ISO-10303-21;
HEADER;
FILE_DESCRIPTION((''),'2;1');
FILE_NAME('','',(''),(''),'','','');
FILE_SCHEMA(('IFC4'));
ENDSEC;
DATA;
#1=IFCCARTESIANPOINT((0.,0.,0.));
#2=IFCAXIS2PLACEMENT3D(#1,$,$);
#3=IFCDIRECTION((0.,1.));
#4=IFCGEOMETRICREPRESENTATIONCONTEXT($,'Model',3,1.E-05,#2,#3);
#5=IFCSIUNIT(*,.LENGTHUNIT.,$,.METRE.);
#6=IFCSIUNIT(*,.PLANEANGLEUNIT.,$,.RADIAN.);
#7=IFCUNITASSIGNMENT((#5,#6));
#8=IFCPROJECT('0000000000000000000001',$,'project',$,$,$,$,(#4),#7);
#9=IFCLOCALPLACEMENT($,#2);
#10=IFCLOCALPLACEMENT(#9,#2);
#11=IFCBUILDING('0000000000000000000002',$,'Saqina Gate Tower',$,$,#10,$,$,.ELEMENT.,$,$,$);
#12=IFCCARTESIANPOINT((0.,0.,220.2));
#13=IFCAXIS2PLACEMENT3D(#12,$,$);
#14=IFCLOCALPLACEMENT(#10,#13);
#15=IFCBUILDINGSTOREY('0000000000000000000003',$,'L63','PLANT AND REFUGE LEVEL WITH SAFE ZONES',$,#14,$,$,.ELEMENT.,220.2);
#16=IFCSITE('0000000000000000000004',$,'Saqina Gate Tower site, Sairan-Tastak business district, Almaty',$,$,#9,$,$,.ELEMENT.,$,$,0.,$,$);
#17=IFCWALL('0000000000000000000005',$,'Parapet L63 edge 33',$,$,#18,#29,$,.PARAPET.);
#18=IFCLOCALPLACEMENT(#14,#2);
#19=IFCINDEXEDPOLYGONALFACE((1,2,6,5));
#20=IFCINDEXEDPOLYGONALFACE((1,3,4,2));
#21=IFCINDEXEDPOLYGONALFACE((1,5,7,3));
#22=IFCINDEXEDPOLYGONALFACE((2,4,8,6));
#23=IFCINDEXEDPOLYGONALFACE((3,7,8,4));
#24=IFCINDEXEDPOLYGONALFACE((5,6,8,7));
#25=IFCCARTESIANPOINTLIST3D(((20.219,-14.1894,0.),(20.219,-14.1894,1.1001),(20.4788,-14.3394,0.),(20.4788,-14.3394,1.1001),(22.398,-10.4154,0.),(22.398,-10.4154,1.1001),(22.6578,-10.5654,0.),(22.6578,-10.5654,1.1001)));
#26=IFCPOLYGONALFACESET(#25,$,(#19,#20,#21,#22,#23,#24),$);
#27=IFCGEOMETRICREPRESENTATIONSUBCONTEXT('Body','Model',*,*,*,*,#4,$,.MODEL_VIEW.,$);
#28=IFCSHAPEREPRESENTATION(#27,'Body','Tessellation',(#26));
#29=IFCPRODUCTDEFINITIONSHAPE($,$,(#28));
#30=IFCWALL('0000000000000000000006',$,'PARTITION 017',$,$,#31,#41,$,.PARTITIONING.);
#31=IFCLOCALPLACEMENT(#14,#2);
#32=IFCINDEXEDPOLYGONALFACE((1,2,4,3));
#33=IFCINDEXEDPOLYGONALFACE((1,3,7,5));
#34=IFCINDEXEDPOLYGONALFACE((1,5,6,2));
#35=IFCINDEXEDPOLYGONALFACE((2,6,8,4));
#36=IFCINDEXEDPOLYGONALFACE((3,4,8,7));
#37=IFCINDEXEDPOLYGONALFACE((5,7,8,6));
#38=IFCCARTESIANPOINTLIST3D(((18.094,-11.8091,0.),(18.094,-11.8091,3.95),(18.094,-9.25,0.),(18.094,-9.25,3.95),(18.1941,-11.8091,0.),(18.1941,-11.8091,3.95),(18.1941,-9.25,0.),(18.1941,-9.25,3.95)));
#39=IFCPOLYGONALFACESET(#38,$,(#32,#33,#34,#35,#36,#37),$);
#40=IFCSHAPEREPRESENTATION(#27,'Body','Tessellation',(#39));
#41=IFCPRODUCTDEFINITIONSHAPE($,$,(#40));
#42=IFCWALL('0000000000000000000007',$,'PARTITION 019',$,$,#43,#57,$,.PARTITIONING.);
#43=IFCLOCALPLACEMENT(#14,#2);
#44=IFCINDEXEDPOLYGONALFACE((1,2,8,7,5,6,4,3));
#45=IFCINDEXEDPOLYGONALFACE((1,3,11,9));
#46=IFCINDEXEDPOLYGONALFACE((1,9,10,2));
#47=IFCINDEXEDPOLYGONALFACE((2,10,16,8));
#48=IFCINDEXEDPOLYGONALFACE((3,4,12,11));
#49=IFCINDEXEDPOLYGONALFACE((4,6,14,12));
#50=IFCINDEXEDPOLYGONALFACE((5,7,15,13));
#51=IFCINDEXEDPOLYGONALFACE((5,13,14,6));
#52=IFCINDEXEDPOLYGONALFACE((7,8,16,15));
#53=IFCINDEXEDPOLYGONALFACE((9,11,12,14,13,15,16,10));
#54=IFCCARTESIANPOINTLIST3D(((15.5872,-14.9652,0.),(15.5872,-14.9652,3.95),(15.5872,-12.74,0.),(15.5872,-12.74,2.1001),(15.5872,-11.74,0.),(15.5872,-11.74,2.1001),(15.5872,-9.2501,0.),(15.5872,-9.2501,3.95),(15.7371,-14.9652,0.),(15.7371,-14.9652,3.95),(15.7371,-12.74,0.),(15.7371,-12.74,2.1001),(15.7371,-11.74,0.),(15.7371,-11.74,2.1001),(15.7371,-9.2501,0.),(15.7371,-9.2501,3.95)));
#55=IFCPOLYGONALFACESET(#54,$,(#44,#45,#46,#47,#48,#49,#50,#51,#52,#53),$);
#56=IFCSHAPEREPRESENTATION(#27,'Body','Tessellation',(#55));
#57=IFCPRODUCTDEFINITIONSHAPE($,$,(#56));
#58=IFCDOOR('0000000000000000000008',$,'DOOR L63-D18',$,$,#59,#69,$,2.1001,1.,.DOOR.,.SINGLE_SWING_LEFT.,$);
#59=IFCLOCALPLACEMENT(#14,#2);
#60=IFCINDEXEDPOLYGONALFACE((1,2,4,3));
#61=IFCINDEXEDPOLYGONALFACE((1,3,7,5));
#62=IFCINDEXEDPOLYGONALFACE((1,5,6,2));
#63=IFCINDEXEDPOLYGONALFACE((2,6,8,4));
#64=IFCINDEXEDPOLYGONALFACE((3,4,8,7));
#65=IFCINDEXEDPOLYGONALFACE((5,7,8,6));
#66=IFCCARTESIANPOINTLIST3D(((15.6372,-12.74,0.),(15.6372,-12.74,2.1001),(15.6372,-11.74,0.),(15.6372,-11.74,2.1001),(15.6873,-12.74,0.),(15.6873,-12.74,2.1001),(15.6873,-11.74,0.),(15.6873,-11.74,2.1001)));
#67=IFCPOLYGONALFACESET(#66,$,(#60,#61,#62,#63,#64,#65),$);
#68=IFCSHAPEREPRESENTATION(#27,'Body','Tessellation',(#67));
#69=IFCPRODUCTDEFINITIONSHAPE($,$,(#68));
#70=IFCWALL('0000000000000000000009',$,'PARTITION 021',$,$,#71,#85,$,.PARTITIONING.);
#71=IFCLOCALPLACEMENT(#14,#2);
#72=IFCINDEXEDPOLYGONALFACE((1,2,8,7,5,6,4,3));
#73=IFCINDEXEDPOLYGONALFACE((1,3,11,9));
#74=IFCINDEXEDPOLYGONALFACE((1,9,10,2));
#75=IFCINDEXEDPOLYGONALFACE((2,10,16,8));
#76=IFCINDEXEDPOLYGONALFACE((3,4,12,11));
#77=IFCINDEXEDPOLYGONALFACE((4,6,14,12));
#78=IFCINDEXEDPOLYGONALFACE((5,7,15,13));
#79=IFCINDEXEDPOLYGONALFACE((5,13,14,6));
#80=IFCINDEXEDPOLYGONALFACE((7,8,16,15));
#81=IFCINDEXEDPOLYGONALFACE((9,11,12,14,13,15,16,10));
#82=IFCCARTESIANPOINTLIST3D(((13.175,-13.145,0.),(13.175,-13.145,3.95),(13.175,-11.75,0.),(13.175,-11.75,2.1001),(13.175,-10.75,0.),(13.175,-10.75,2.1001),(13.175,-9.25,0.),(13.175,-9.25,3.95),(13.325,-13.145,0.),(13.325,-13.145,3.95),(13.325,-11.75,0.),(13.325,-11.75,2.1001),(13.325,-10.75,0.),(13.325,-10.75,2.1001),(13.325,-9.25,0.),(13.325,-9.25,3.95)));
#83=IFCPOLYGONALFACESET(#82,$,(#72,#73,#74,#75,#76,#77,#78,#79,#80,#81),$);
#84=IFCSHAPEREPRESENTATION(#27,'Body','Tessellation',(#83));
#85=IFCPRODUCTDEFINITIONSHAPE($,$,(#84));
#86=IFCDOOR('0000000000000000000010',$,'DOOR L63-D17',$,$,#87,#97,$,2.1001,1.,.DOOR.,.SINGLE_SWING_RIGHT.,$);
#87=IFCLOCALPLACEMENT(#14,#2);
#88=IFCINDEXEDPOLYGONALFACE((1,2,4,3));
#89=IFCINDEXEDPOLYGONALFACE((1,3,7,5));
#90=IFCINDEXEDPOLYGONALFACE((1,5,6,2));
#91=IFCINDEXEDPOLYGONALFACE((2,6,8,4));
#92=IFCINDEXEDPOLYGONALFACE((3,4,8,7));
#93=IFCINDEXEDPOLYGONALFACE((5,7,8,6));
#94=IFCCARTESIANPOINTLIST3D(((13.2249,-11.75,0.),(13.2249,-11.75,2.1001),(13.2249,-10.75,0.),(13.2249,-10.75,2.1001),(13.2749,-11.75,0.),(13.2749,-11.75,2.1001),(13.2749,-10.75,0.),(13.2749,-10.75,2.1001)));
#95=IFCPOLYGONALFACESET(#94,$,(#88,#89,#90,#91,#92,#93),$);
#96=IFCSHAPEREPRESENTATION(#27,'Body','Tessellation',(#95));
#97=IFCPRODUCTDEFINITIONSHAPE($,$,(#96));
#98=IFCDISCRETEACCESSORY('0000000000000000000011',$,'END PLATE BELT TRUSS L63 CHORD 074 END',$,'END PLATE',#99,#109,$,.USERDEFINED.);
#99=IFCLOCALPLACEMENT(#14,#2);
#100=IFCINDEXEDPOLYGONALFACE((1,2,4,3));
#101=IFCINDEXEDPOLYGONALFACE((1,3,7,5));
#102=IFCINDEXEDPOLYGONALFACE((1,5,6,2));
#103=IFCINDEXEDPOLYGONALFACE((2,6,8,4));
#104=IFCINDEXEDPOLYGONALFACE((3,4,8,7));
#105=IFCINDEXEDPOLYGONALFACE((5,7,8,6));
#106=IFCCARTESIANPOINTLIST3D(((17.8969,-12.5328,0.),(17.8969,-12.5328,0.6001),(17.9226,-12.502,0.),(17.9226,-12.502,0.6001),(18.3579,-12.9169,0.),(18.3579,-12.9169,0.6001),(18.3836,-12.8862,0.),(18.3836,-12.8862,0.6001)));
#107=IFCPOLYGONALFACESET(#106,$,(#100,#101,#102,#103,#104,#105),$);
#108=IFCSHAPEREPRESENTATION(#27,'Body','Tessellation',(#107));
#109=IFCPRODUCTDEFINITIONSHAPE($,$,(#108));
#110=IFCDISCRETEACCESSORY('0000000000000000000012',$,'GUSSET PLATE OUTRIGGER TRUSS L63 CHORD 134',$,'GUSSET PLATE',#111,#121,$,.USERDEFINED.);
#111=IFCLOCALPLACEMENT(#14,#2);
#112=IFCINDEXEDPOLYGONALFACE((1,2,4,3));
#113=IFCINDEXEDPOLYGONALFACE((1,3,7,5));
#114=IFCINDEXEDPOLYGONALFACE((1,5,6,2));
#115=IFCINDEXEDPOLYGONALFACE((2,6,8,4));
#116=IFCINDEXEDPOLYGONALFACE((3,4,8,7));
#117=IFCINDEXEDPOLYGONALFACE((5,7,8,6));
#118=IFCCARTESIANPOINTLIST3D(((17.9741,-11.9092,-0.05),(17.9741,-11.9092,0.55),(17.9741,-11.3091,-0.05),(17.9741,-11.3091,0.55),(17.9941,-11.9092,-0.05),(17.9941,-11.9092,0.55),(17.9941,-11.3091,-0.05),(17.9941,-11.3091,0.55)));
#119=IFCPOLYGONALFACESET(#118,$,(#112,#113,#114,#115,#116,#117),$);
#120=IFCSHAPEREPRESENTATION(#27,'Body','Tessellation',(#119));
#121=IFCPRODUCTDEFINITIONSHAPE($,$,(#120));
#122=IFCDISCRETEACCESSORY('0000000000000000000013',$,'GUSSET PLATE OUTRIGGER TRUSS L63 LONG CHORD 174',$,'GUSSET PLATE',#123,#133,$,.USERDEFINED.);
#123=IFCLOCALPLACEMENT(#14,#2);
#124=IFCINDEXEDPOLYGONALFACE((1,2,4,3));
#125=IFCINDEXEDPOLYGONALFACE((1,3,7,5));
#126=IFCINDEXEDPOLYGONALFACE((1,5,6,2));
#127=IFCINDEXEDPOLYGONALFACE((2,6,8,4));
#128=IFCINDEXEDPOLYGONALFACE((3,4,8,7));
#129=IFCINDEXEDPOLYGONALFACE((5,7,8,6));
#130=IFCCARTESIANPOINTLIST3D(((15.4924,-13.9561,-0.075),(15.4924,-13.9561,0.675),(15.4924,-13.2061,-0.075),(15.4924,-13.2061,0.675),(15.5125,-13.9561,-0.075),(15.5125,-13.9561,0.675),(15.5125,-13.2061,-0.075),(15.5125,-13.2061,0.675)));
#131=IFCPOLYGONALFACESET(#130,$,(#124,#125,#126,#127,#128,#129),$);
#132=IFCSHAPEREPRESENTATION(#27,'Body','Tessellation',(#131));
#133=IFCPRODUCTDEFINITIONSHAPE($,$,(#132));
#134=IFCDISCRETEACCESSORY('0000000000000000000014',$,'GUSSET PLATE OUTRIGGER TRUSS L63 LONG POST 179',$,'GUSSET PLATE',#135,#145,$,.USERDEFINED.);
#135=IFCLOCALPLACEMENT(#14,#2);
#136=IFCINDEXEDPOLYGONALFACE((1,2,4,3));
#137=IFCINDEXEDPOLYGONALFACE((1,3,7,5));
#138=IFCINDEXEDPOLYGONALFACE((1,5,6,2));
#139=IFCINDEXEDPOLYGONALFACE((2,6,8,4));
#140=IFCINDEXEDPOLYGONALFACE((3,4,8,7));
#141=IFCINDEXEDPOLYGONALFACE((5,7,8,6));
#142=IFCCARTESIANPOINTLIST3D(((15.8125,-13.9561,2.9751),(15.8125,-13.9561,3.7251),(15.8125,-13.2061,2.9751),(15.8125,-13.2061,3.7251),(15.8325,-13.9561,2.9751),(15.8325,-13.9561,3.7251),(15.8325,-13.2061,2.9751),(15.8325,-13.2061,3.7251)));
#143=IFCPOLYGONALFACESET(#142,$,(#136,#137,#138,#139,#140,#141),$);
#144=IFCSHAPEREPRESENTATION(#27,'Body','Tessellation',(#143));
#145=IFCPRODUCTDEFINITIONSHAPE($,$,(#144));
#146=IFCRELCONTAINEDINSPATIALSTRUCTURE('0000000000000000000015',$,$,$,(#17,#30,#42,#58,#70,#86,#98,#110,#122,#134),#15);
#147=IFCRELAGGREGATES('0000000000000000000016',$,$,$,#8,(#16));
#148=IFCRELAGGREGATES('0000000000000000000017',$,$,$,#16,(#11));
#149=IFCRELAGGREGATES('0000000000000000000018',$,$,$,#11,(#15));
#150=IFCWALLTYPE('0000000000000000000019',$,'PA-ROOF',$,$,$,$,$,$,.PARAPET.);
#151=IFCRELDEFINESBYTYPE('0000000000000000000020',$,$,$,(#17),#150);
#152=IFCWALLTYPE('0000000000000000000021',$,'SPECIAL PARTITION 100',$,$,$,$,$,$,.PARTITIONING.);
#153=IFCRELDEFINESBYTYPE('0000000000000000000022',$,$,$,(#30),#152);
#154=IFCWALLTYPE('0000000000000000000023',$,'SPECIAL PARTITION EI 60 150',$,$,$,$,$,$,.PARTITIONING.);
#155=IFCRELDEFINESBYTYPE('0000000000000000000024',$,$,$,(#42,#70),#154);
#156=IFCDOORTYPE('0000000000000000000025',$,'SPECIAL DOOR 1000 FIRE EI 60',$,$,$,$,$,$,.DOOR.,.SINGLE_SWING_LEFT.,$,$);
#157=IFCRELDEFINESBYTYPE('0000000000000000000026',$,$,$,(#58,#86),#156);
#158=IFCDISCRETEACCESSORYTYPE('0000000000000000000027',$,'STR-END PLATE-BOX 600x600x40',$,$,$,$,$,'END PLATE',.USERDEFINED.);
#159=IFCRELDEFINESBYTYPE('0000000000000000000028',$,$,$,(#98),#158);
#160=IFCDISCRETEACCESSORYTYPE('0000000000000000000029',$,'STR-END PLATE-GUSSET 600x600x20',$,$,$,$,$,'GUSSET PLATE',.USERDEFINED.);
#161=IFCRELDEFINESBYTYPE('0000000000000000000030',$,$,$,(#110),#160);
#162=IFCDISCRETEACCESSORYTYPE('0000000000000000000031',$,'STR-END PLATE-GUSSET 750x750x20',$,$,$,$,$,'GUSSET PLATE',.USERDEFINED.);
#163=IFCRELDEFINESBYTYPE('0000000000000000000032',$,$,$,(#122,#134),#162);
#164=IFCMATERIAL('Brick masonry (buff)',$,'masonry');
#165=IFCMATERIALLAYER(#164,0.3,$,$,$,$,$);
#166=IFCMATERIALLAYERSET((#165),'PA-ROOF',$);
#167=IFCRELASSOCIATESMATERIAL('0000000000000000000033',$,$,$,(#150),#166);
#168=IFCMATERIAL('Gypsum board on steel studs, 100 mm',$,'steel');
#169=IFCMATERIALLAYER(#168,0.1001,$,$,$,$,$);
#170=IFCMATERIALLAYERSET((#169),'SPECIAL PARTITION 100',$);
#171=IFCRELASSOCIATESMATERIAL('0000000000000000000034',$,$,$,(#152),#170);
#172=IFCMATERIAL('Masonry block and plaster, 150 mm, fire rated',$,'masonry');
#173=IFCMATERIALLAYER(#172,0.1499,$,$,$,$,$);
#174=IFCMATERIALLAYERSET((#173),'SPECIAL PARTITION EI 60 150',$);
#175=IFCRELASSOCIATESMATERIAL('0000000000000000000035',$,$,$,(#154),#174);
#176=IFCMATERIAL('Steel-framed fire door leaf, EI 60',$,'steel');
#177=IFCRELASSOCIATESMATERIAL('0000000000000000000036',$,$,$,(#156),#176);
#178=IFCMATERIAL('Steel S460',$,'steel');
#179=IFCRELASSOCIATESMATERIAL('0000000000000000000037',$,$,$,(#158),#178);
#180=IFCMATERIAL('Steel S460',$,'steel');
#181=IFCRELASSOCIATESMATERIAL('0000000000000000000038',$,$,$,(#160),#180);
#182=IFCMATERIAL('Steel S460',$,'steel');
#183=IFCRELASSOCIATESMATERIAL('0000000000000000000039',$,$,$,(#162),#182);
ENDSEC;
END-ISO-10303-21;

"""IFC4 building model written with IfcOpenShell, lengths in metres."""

from ifc_helpers import new_model, si_unit, direction, frame, frame_2d, origin, origin_2d, place, context, subcontext, project, spatial, rectangle, extrude, material, layer, layer_set, material_profile, profile_set, type_object, element, fill, save


model = new_model("IFC4")

# Units and contexts
model_context = context("Model", 3, precision=1e-05, world=origin(), true_north=direction((0.0, 1.0)))
body_context = subcontext(model_context, "Body", "Model", "MODEL_VIEW")
ifc_project = project(units=[si_unit("LENGTHUNIT", "METRE"), si_unit("PLANEANGLEUNIT", "RADIAN")], contexts=[model_context])

# Site, building, storey
site_placement = place(None, origin())
site = spatial("IfcSite", under=ifc_project, at=site_placement, Name="Saqina Gate Tower site, Sairan-Tastak business district, Almaty", CompositionType="ELEMENT", RefElevation=0.0)
building_placement = place(site_placement, origin())
building = spatial("IfcBuilding", under=site, at=building_placement, Name="Saqina Gate Tower", CompositionType="ELEMENT")
storey_placement = place(building_placement, frame((0.0, 0.0, 220.2)))
storey = spatial("IfcBuildingStorey", under=building, at=storey_placement, Name="L63", Description="PLANT AND REFUGE LEVEL WITH SAFE ZONES", CompositionType="ELEMENT", Elevation=220.2)

# Walls
ifc_material_1 = material(Name="Brick masonry (buff)", Category="masonry")
ifc_layer_1 = layer(ifc_material_1, 0.3)
ifc_layer_set_1 = layer_set([ifc_layer_1], Name="PA-ROOF")
wall_type_1 = type_object("IfcWallType", Name="PA-ROOF", PredefinedType="PARAPET", material=ifc_layer_set_1)
wall_1_placement = place(storey_placement, frame((20.3489, -14.2644, 0.0), z_axis=(0.0, 0.0, 1.0), x_axis=(0.500013, 0.866018, 0.0)))
element("IfcWall", 1, at=wall_1_placement, inside=storey, type_object=wall_type_1, Name="Parapet L63 edge 33", PredefinedType="PARAPET", context=body_context, shape_type="SweptSolid", body=[
    extrude(rectangle(XDim=4.3579, YDim=0.3, at=frame_2d((2.179, 0.0))), origin(), (0.0, 0.0, 1.0), 1.1001),
])
ifc_material_2 = material(Name="Gypsum board on steel studs, 100 mm", Category="steel")
ifc_layer_2 = layer(ifc_material_2, 0.1001)
ifc_layer_set_2 = layer_set([ifc_layer_2], Name="SPECIAL PARTITION 100")
wall_type_2 = type_object("IfcWallType", Name="SPECIAL PARTITION 100", PredefinedType="PARTITIONING", material=ifc_layer_set_2)
wall_2_placement = place(storey_placement, frame((18.144, -11.8091, 0.0), z_axis=(0.0, 0.0, 1.0), x_axis=(0.0, 1.0, 0.0)))
element("IfcWall", 2, at=wall_2_placement, inside=storey, type_object=wall_type_2, Name="PARTITION 017", PredefinedType="PARTITIONING", context=body_context, shape_type="SweptSolid", body=[
    extrude(rectangle(XDim=2.5591, YDim=0.1001, at=frame_2d((1.2795, 0.0))), origin(), (0.0, 0.0, 1.0), 3.95),
])

# Walls, openings, doors
ifc_material_3 = material(Name="Masonry block and plaster, 150 mm, fire rated", Category="masonry")
ifc_layer_3 = layer(ifc_material_3, 0.1499)
ifc_layer_set_3 = layer_set([ifc_layer_3], Name="SPECIAL PARTITION EI 60 150")
wall_type_3 = type_object("IfcWallType", Name="SPECIAL PARTITION EI 60 150", PredefinedType="PARTITIONING", material=ifc_layer_set_3)
wall_3_placement = place(storey_placement, frame((15.6621, -14.9651, 0.0), z_axis=(0.0, 0.0, 1.0), x_axis=(0.0, 1.0, 0.0)))
wall_3 = element("IfcWall", 3, at=wall_3_placement, inside=storey, type_object=wall_type_3, Name="PARTITION 019", PredefinedType="PARTITIONING", context=body_context, shape_type="SweptSolid", body=[
    extrude(rectangle(XDim=5.7151, YDim=0.1499, at=frame_2d((2.8574, 0.0))), origin(), (0.0, 0.0, 1.0), 3.95),
])
opening_1_placement = place(wall_3_placement, frame((2.2251, 0.0, 0.0)))
opening_1 = element("IfcOpeningElement", 4, at=opening_1_placement, cuts=wall_3, PredefinedType="OPENING", context=body_context, shape_type="SweptSolid", body=[
    extrude(rectangle(XDim=1.0, YDim=2.1001, at=frame_2d((0.5, 1.05))), frame((0.0, 0.0869, 0.0), z_axis=(0.0, -1.0, 0.0), x_axis=(1.0, 0.0, 0.0)), (0.0, 0.0, 1.0), 0.1738),
])
ifc_material_4 = material(Name="Steel-framed fire door leaf, EI 60", Category="steel")
door_type = type_object("IfcDoorType", Name="SPECIAL DOOR 1000 FIRE EI 60", OperationType="SINGLE_SWING_LEFT", PredefinedType="DOOR", material=ifc_material_4)
door_1_placement = place(opening_1_placement, origin())
door_1 = element("IfcDoor", 5, at=door_1_placement, inside=storey, type_object=door_type, Name="DOOR L63-D18", OperationType="SINGLE_SWING_LEFT", OverallHeight=2.1001, OverallWidth=1.0, PredefinedType="DOOR", context=body_context, shape_type="SweptSolid", body=[
    extrude(rectangle(XDim=1.0, YDim=2.1001, at=frame_2d((0.5, 1.05))), frame((0.0, 0.0249, 0.0), z_axis=(0.0, -1.0, 0.0), x_axis=(1.0, 0.0, 0.0)), (0.0, 0.0, 1.0), 0.05),
])
fill(opening_1, door_1)
wall_4_placement = place(storey_placement, frame((13.25, -13.145, 0.0), z_axis=(0.0, 0.0, 1.0), x_axis=(0.0, 1.0, 0.0)))
wall_4 = element("IfcWall", 6, at=wall_4_placement, inside=storey, type_object=wall_type_3, Name="PARTITION 021", PredefinedType="PARTITIONING", context=body_context, shape_type="SweptSolid", body=[
    extrude(rectangle(XDim=3.895, YDim=0.1499, at=frame_2d((1.9475, 0.0))), origin(), (0.0, 0.0, 1.0), 3.95),
])
opening_2_placement = place(wall_4_placement, frame((1.395, 0.0, 0.0)))
opening_2 = element("IfcOpeningElement", 7, at=opening_2_placement, cuts=wall_4, PredefinedType="OPENING", context=body_context, shape_type="SweptSolid", body=[
    extrude(rectangle(XDim=1.0, YDim=2.1001, at=frame_2d((0.5, 1.05))), frame((0.0, 0.0869, 0.0), z_axis=(0.0, -1.0, 0.0), x_axis=(1.0, 0.0, 0.0)), (0.0, 0.0, 1.0), 0.1738),
])
door_2_placement = place(opening_2_placement, frame((1.0, 0.0, 0.0), z_axis=(0.0, 0.0, 1.0), x_axis=(-1.0, 0.0, 0.0)))
door_2 = element("IfcDoor", 8, at=door_2_placement, inside=storey, type_object=door_type, Name="DOOR L63-D17", OperationType="SINGLE_SWING_RIGHT", OverallHeight=2.1001, OverallWidth=1.0, PredefinedType="DOOR", context=body_context, shape_type="SweptSolid", body=[
    extrude(rectangle(XDim=1.0, YDim=2.1001, at=frame_2d((0.5, 1.05))), frame((0.0, 0.0249, 0.0), z_axis=(0.0, -1.0, 0.0), x_axis=(1.0, 0.0, 0.0)), (0.0, 0.0, 1.0), 0.05),
])
fill(opening_2, door_2)

# Discrete accessories
ifc_material_5 = material(Name="Steel S460", Category="steel")
ifc_material_profile_1 = material_profile(ifc_material_5, rectangle(XDim=0.6001, YDim=0.6001, at=origin_2d()), Name="STR-END PLATE-BOX 600x600x40")
ifc_profile_set_1 = profile_set([ifc_material_profile_1], Name="Steel S460")
discrete_accessory_type_1 = type_object("IfcDiscreteAccessoryType", Name="STR-END PLATE-BOX 600x600x40", ElementType="END PLATE", PredefinedType="USERDEFINED", material=ifc_profile_set_1)
discrete_accessory_1_placement = place(storey_placement, frame((18.1274, -12.7249, 0.3), z_axis=(0.640184, 0.768221, 0.0), x_axis=(-0.768221, 0.640184, 0.0)))
element("IfcDiscreteAccessory", 9, at=discrete_accessory_1_placement, inside=storey, type_object=discrete_accessory_type_1, Name="END PLATE BELT TRUSS L63 CHORD 074 END", ObjectType="END PLATE", PredefinedType="USERDEFINED", context=body_context, shape_type="SweptSolid", body=[
    extrude(rectangle(XDim=0.6001, YDim=0.6001, at=origin_2d()), origin(), (0.0, 0.0, 1.0), 0.04),
])
ifc_material_6 = material(Name="Steel S460", Category="steel")
ifc_material_profile_2 = material_profile(ifc_material_6, rectangle(XDim=0.6001, YDim=0.6001, at=origin_2d()), Name="STR-END PLATE-GUSSET 600x600x20")
ifc_profile_set_2 = profile_set([ifc_material_profile_2], Name="Steel S460")
discrete_accessory_type_2 = type_object("IfcDiscreteAccessoryType", Name="STR-END PLATE-GUSSET 600x600x20", ElementType="GUSSET PLATE", PredefinedType="USERDEFINED", material=ifc_profile_set_2)
discrete_accessory_2_placement = place(storey_placement, frame((17.9941, -11.6091, 0.25), z_axis=(-1.0, 0.0, 0.0), x_axis=(0.0, -1.0, 0.0)))
element("IfcDiscreteAccessory", 10, at=discrete_accessory_2_placement, inside=storey, type_object=discrete_accessory_type_2, Name="GUSSET PLATE OUTRIGGER TRUSS L63 CHORD 134", ObjectType="GUSSET PLATE", PredefinedType="USERDEFINED", context=body_context, shape_type="SweptSolid", body=[
    extrude(rectangle(XDim=0.6001, YDim=0.6001, at=origin_2d()), origin(), (0.0, 0.0, 1.0), 0.02),
])
ifc_material_7 = material(Name="Steel S460", Category="steel")
ifc_material_profile_3 = material_profile(ifc_material_7, rectangle(XDim=0.75, YDim=0.75, at=origin_2d()), Name="STR-END PLATE-GUSSET 750x750x20")
ifc_profile_set_3 = profile_set([ifc_material_profile_3], Name="Steel S460")
discrete_accessory_type_3 = type_object("IfcDiscreteAccessoryType", Name="STR-END PLATE-GUSSET 750x750x20", ElementType="GUSSET PLATE", PredefinedType="USERDEFINED", material=ifc_profile_set_3)
for number, where, z_axis, x_axis, name in (
    (11, (15.5125, -13.5811, 0.3), (-1.0, 0.0, 0.0), (0.0, -1.0, 0.0), "GUSSET PLATE OUTRIGGER TRUSS L63 LONG CHORD 174"),
    (12, (15.8125, -13.5811, 3.3501), (1.0, 0.0, 0.0), (0.0, 1.0, 0.0), "GUSSET PLATE OUTRIGGER TRUSS L63 LONG POST 179"),
):
    element("IfcDiscreteAccessory", number, at=place(storey_placement, frame(where, z_axis=z_axis, x_axis=x_axis)), inside=storey, type_object=discrete_accessory_type_3, Name=name, ObjectType="GUSSET PLATE", PredefinedType="USERDEFINED", context=body_context, shape_type="SweptSolid", body=[
        extrude(rectangle(XDim=0.75, YDim=0.75, at=origin_2d()), origin(), (0.0, 0.0, 1.0), 0.02),
    ])

save(model, "model.ifc")
